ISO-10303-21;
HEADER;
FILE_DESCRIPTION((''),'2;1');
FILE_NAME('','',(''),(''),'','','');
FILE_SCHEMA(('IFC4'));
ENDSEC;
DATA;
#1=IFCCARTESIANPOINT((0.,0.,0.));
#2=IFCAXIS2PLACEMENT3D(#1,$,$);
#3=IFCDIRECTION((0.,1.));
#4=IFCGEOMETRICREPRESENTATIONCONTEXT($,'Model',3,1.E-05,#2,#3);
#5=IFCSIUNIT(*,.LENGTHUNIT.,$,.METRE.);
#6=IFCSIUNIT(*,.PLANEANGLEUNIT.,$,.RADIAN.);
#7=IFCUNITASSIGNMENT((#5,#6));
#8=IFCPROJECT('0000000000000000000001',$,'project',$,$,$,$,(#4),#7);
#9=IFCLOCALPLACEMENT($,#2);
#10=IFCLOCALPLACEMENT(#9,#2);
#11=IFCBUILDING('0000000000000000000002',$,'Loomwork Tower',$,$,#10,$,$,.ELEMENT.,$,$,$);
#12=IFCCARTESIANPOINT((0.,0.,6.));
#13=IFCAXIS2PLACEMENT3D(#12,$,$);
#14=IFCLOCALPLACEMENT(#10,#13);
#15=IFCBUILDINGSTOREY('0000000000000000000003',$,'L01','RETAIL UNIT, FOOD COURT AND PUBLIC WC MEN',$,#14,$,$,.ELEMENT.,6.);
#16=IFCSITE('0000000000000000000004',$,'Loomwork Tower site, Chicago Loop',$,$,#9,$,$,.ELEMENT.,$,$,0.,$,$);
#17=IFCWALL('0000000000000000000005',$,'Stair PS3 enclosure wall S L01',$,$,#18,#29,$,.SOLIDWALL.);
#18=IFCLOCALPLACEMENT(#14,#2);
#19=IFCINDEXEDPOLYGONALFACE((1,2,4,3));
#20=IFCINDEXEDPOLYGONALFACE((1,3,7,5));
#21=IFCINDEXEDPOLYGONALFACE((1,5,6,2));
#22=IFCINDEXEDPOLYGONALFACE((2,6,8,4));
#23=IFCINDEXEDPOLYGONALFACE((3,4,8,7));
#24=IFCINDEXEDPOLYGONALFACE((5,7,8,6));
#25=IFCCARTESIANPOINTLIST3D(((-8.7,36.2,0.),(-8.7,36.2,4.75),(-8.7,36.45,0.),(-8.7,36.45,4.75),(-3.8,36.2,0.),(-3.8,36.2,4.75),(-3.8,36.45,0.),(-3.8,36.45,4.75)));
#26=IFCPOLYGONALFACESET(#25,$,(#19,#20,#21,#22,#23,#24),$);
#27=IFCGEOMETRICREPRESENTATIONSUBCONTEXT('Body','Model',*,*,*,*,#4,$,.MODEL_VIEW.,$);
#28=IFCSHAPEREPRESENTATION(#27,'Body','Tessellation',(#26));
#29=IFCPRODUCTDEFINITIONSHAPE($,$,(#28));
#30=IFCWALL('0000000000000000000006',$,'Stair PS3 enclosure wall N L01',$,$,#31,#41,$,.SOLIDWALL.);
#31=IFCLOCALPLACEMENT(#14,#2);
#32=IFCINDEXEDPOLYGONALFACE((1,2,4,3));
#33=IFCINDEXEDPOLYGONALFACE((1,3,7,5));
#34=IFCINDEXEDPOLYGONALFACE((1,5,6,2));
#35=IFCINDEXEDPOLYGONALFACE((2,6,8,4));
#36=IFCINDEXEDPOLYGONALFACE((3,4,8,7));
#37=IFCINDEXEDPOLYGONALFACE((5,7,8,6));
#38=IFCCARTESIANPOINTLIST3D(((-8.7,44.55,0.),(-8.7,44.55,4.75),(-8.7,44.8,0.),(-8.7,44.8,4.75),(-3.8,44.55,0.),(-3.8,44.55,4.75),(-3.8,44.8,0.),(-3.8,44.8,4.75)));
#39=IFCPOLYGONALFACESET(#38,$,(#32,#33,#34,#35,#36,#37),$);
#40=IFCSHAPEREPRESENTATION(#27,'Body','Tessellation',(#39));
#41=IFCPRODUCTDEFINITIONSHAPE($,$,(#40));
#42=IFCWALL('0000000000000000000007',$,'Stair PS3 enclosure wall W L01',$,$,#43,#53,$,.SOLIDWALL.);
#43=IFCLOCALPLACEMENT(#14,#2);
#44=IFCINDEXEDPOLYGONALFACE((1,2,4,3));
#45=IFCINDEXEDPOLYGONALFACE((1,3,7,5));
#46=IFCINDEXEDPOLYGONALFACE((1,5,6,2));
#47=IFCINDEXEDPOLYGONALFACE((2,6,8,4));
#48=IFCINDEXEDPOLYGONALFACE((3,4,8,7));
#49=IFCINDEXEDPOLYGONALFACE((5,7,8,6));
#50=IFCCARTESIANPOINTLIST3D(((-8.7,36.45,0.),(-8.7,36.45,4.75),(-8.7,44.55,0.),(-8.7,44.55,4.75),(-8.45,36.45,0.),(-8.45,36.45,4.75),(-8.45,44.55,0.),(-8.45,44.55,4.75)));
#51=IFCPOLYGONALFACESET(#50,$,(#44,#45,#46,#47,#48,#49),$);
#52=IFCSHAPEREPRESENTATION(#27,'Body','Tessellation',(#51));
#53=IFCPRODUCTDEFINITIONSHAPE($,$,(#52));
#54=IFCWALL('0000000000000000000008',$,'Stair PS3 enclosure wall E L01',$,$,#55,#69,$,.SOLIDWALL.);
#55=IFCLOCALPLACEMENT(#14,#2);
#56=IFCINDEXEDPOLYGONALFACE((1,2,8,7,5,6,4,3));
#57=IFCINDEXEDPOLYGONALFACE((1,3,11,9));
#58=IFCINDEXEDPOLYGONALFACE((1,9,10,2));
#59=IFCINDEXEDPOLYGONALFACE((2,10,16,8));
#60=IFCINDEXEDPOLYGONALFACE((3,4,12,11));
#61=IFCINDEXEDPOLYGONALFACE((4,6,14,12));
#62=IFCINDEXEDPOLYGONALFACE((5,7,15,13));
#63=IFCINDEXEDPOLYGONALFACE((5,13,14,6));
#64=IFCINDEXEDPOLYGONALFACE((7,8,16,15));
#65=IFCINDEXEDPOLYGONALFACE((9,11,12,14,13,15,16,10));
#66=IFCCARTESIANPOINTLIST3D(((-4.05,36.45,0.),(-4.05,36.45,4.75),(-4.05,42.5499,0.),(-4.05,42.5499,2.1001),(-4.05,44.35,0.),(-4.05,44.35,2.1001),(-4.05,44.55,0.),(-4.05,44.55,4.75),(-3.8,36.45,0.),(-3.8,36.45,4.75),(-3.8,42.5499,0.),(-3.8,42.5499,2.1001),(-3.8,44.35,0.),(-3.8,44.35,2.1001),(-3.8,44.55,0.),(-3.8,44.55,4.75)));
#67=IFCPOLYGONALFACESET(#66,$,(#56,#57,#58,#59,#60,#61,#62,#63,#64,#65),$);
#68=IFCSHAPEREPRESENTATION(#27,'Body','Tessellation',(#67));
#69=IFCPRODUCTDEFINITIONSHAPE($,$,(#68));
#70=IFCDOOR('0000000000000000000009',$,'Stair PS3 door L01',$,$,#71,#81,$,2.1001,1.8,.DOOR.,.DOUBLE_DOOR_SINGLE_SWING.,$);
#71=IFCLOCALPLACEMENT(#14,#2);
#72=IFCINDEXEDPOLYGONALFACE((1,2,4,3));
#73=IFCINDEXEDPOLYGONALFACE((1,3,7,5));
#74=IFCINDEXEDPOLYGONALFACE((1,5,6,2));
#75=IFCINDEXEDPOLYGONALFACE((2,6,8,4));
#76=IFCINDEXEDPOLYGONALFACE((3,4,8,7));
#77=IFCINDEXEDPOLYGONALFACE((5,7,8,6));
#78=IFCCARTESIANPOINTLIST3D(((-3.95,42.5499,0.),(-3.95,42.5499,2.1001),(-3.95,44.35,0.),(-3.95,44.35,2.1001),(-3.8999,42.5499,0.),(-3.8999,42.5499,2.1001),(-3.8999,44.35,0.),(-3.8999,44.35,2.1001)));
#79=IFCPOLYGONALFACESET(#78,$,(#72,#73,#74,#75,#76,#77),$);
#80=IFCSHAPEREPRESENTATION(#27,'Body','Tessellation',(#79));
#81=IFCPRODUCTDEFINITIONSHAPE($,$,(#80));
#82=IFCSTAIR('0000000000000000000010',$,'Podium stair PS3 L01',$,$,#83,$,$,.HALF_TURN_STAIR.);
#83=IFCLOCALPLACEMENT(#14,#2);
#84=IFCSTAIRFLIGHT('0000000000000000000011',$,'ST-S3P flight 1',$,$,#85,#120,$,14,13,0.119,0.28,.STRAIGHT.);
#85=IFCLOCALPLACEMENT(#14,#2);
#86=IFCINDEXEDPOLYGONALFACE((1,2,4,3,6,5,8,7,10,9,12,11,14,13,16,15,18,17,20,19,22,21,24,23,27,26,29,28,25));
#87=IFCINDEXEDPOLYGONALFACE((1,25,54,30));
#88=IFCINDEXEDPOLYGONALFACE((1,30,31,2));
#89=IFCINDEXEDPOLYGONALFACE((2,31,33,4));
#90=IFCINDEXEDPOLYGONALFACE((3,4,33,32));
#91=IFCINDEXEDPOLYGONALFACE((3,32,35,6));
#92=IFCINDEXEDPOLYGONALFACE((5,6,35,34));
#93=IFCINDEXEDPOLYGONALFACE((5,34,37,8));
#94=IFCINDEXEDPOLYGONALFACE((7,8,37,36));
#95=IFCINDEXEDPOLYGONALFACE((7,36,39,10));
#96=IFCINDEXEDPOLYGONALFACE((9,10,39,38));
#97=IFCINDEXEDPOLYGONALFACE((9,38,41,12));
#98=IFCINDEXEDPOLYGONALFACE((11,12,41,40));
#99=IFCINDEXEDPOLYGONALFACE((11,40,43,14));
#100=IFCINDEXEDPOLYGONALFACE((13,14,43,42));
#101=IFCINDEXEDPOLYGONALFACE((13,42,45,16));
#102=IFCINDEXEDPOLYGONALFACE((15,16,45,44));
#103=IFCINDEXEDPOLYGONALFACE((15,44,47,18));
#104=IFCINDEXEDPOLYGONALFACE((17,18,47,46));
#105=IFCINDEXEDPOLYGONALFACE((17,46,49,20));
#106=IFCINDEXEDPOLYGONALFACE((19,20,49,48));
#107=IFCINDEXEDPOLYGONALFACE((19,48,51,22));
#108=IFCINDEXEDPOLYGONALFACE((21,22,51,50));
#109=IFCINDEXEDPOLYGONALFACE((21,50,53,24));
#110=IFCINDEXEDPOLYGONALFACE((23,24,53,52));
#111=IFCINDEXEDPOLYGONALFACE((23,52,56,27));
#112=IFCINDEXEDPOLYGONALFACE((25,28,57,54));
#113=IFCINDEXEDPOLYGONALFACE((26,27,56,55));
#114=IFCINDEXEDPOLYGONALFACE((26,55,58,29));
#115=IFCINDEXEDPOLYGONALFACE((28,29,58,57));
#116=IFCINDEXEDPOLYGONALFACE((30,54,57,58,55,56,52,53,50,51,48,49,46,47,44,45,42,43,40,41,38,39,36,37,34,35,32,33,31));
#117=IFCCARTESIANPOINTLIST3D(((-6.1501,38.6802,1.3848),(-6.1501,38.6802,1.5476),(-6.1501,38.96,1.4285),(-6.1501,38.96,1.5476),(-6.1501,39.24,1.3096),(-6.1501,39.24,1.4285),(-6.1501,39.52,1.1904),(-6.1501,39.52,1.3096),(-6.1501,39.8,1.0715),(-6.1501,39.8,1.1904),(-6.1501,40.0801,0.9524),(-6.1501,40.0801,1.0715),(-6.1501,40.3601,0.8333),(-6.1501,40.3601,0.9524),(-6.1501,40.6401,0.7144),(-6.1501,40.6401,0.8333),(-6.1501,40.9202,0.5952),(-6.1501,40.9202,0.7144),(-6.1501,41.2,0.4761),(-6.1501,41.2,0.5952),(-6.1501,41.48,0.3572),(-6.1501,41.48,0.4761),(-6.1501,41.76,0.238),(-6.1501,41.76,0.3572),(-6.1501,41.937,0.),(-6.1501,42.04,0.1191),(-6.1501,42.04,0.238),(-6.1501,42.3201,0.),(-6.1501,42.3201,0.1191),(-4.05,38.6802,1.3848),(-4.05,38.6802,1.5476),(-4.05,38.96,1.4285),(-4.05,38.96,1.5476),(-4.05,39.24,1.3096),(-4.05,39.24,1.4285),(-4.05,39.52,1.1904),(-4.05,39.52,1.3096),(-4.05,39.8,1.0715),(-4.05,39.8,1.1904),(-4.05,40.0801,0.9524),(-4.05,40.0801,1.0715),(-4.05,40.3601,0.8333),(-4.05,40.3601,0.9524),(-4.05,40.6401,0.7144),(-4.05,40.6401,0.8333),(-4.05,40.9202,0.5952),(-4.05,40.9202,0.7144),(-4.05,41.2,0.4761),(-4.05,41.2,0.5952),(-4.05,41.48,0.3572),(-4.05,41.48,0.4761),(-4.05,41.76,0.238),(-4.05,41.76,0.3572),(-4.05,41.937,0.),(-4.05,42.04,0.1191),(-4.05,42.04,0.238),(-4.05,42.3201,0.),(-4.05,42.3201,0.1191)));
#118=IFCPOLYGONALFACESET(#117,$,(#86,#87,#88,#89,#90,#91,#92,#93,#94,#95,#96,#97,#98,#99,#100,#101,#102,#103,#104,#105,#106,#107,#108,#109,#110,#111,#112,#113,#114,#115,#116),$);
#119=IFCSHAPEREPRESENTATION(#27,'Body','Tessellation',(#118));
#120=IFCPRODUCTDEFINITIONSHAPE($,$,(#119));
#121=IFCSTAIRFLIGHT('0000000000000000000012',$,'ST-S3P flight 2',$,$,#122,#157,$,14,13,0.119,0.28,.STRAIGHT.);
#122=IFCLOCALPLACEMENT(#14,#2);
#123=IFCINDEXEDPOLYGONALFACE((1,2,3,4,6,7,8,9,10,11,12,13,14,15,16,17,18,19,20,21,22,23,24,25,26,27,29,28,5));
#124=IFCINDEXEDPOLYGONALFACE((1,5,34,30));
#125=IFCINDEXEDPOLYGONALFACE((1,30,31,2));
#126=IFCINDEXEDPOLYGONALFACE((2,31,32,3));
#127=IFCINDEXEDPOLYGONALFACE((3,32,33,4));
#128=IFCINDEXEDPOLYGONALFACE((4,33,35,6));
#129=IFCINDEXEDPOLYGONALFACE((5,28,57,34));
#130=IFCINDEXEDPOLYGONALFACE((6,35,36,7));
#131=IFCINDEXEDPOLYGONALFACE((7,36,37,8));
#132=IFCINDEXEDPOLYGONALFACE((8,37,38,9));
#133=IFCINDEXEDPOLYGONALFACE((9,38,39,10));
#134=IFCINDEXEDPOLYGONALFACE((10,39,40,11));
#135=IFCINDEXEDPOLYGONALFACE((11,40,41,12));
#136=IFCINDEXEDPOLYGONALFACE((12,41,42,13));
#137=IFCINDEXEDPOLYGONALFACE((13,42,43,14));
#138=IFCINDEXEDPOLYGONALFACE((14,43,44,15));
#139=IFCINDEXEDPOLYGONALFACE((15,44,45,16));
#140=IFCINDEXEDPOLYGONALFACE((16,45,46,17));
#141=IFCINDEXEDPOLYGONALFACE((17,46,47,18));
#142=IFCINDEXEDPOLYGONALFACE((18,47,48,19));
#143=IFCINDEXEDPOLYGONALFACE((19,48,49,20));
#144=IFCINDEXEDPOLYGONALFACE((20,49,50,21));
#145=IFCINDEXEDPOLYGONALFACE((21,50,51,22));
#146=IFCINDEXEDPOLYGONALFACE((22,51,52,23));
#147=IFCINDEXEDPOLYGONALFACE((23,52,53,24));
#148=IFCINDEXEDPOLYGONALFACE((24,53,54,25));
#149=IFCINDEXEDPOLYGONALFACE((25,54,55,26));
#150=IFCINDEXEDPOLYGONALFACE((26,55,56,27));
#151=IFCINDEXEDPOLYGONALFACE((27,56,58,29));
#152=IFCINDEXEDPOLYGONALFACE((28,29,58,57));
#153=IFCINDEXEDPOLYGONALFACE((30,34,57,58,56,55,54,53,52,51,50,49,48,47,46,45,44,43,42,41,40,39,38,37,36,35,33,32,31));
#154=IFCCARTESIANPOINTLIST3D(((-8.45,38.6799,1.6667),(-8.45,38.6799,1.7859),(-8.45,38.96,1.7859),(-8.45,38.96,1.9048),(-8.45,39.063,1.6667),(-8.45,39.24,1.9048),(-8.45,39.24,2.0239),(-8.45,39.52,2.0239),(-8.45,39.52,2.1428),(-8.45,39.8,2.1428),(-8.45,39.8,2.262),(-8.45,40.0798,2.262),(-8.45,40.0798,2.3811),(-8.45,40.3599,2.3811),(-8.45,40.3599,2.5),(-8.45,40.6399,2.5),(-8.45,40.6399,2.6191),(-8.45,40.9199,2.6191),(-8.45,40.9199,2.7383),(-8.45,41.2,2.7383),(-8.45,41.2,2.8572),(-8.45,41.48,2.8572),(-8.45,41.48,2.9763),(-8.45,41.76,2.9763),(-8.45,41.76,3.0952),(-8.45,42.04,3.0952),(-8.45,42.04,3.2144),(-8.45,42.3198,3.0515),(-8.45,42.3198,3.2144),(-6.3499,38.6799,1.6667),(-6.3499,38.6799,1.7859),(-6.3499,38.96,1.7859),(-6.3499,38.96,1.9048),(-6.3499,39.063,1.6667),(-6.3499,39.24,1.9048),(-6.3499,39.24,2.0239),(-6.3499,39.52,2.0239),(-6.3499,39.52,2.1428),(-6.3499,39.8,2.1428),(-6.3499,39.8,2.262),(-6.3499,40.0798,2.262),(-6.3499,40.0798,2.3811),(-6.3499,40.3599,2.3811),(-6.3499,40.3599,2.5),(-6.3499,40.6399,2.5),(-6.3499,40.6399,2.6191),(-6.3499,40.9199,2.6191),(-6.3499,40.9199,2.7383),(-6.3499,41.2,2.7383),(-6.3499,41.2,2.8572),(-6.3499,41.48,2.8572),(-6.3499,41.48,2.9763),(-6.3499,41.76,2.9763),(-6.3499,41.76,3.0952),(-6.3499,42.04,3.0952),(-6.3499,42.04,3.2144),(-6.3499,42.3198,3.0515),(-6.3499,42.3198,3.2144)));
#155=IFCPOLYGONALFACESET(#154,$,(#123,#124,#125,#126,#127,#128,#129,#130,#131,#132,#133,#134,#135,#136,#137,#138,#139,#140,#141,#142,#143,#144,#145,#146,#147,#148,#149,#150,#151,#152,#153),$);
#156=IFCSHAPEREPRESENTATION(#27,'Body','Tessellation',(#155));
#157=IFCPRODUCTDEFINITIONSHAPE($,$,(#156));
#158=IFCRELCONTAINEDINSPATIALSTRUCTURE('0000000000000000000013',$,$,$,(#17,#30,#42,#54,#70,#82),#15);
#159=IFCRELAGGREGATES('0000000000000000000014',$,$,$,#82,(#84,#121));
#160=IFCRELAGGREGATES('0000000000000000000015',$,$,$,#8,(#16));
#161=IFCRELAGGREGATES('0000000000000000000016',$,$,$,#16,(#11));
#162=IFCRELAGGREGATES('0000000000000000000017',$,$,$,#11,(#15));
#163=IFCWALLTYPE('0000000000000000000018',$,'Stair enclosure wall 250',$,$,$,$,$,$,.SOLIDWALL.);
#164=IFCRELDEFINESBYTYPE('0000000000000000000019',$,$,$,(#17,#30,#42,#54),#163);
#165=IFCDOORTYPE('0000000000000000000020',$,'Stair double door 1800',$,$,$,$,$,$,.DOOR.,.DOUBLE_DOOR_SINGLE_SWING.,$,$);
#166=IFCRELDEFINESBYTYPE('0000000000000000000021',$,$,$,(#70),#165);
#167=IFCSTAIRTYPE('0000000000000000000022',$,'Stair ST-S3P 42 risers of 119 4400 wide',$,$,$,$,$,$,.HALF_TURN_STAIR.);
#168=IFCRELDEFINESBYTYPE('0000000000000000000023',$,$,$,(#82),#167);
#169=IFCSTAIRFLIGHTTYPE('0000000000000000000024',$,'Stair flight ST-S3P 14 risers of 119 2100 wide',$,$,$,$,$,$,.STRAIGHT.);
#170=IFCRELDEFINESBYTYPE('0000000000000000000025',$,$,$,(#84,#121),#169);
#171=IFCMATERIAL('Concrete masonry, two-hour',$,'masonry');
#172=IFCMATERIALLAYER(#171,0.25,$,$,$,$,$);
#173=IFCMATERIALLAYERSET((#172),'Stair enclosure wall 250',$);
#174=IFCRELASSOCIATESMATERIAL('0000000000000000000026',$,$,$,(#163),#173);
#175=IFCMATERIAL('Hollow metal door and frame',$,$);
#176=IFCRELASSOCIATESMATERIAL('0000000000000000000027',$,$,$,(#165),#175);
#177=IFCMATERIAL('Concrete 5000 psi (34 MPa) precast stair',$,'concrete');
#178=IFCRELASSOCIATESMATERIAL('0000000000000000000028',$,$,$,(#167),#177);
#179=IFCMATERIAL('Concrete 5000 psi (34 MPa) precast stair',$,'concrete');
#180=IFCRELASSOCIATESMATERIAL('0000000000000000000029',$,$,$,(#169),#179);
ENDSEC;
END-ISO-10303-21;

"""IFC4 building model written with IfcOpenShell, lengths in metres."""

from ifc_helpers import new_model, si_unit, direction, frame, frame_2d, origin, place, context, subcontext, project, spatial, polyline, rectangle, outline, extrude, material, layer, layer_set, type_object, element, fill, aggregate, save


model = new_model("IFC4")

# Units and contexts
model_context = context("Model", 3, precision=1e-05, world=origin(), true_north=direction((0.0, 1.0)))
body_context = subcontext(model_context, "Body", "Model", "MODEL_VIEW")
ifc_project = project(units=[si_unit("LENGTHUNIT", "METRE"), si_unit("PLANEANGLEUNIT", "RADIAN")], contexts=[model_context])

# Site, building, storey
site_placement = place(None, origin())
site = spatial("IfcSite", under=ifc_project, at=site_placement, Name="Loomwork Tower site, Chicago Loop", CompositionType="ELEMENT", RefElevation=0.0)
building_placement = place(site_placement, origin())
building = spatial("IfcBuilding", under=site, at=building_placement, Name="Loomwork Tower", CompositionType="ELEMENT")
storey_placement = place(building_placement, frame((0.0, 0.0, 6.0)))
storey = spatial("IfcBuildingStorey", under=building, at=storey_placement, Name="L01", Description="RETAIL UNIT, FOOD COURT AND PUBLIC WC MEN", CompositionType="ELEMENT", Elevation=6.0)

# Walls
ifc_material_1 = material(Name="Concrete masonry, two-hour", Category="masonry")
ifc_layer_1 = layer(ifc_material_1, 0.25)
ifc_layer_set_1 = layer_set([ifc_layer_1], Name="Stair enclosure wall 250")
wall_type_1 = type_object("IfcWallType", Name="Stair enclosure wall 250", PredefinedType="SOLIDWALL", material=ifc_layer_set_1)
for number, where, z_axis, x_axis, name in (
    (1, (-8.7, 36.325, 0.0), (0.0, 0.0, 1.0), (1.0, 0.0, 0.0), "Stair PS3 enclosure wall S L01"),
    (2, (-8.7, 44.675, 0.0), (0.0, 0.0, 1.0), (1.0, 0.0, 0.0), "Stair PS3 enclosure wall N L01"),
):
    element("IfcWall", number, at=place(storey_placement, frame(where, z_axis=z_axis, x_axis=x_axis)), inside=storey, type_object=wall_type_1, Name=name, PredefinedType="SOLIDWALL", context=body_context, shape_type="SweptSolid", body=[
        extrude(rectangle(XDim=4.8999, YDim=0.25, at=frame_2d((2.45, 0.0))), origin(), (0.0, 0.0, 1.0), 4.75),
    ])
wall_1_placement = place(storey_placement, frame((-8.575, 36.45, 0.0), z_axis=(0.0, 0.0, 1.0), x_axis=(0.0, 1.0, 0.0)))
element("IfcWall", 3, at=wall_1_placement, inside=storey, type_object=wall_type_1, Name="Stair PS3 enclosure wall W L01", PredefinedType="SOLIDWALL", context=body_context, shape_type="SweptSolid", body=[
    extrude(rectangle(XDim=8.1001, YDim=0.25, at=frame_2d((4.05, 0.0))), origin(), (0.0, 0.0, 1.0), 4.75),
])

# Wall, opening, door
wall_2_placement = place(storey_placement, frame((-3.925, 36.45, 0.0), z_axis=(0.0, 0.0, 1.0), x_axis=(0.0, 1.0, 0.0)))
wall_2 = element("IfcWall", 4, at=wall_2_placement, inside=storey, type_object=wall_type_1, Name="Stair PS3 enclosure wall E L01", PredefinedType="SOLIDWALL", context=body_context, shape_type="SweptSolid", body=[
    extrude(rectangle(XDim=8.1001, YDim=0.25, at=frame_2d((4.05, 0.0))), origin(), (0.0, 0.0, 1.0), 4.75),
])
opening_1_placement = place(wall_2_placement, frame((6.1001, 0.0, 0.0)))
opening_1 = element("IfcOpeningElement", 5, at=opening_1_placement, cuts=wall_2, PredefinedType="OPENING", context=body_context, shape_type="SweptSolid", body=[
    extrude(rectangle(XDim=1.8, YDim=2.1001, at=frame_2d((0.8999, 1.05))), frame((0.0, 0.135, 0.0), z_axis=(0.0, -1.0, 0.0), x_axis=(1.0, 0.0, 0.0)), (0.0, 0.0, 1.0), 0.27),
])
ifc_material_2 = material(Name="Hollow metal door and frame")
door_type = type_object("IfcDoorType", Name="Stair double door 1800", OperationType="DOUBLE_DOOR_SINGLE_SWING", PredefinedType="DOOR", material=ifc_material_2)
door_placement = place(opening_1_placement, origin())
door = element("IfcDoor", 6, at=door_placement, inside=storey, type_object=door_type, Name="Stair PS3 door L01", OperationType="DOUBLE_DOOR_SINGLE_SWING", OverallHeight=2.1001, OverallWidth=1.8, PredefinedType="DOOR", context=body_context, shape_type="SweptSolid", body=[
    extrude(rectangle(XDim=1.8, YDim=2.1001, at=frame_2d((0.8999, 1.05))), frame((0.0, 0.0249, 0.0), z_axis=(0.0, -1.0, 0.0), x_axis=(1.0, 0.0, 0.0)), (0.0, 0.0, 1.0), 0.05),
])
fill(opening_1, door)

# Stair, stair flights
ifc_material_3 = material(Name="Concrete 5000 psi (34 MPa) precast stair", Category="concrete")
stair_type = type_object("IfcStairType", Name="Stair ST-S3P 42 risers of 119 4400 wide", PredefinedType="HALF_TURN_STAIR", material=ifc_material_3)
stair_placement = place(storey_placement, origin())
stair = element("IfcStair", 7, at=stair_placement, inside=storey, type_object=stair_type, Name="Podium stair PS3 L01", PredefinedType="HALF_TURN_STAIR")
ifc_material_4 = material(Name="Concrete 5000 psi (34 MPa) precast stair", Category="concrete")
stair_flight_type = type_object("IfcStairFlightType", Name="Stair flight ST-S3P 14 risers of 119 2100 wide", PredefinedType="STRAIGHT", material=ifc_material_4)
stair_flight_1_placement = place(storey_placement, frame((-5.1001, 42.3201, 0.0), z_axis=(0.0, 0.0, 1.0), x_axis=(0.0, -1.0, 0.0)))
stair_flight_1 = element("IfcStairFlight", 8, at=stair_flight_1_placement, type_object=stair_flight_type, Name="ST-S3P flight 1", NumberOfRisers=14, NumberOfTreads=13, PredefinedType="STRAIGHT", RiserHeight=0.119, TreadLength=0.28, context=body_context, shape_type="SweptSolid", body=[
    extrude(outline(polyline([(0.0, 0.0), (0.0, 0.1191), (0.28, 0.1191), (0.28, 0.238), (0.5601, 0.238), (0.5601, 0.3572), (0.8401, 0.3572), (0.8401, 0.4761), (1.1201, 0.4761), (1.1201, 0.5952), (1.3999, 0.5952), (1.3999, 0.7144), (1.6799, 0.7144), (1.6799, 0.8333), (1.96, 0.8333), (1.96, 0.9524), (2.24, 0.9524), (2.24, 1.0715), (2.52, 1.0715), (2.52, 1.1904), (2.8, 1.1904), (2.8, 1.3096), (3.0801, 1.3096), (3.0801, 1.4285), (3.3601, 1.4285), (3.3601, 1.5476), (3.6399, 1.5476), (3.6399, 1.6667), (3.6399, 1.3848), (0.3831, 0.0), (0.0, 0.0)])), frame((0.0, 1.05, 0.0), z_axis=(0.0, -1.0, 0.0), x_axis=(1.0, 0.0, 0.0)), (0.0, 0.0, 1.0), 2.1001),
])
stair_flight_2_placement = place(storey_placement, frame((-7.3999, 38.6799, 1.6667), z_axis=(0.0, 0.0, 1.0), x_axis=(0.0, 1.0, 0.0)))
stair_flight_2 = element("IfcStairFlight", 9, at=stair_flight_2_placement, type_object=stair_flight_type, Name="ST-S3P flight 2", NumberOfRisers=14, NumberOfTreads=13, PredefinedType="STRAIGHT", RiserHeight=0.119, TreadLength=0.28, context=body_context, shape_type="SweptSolid", body=[
    extrude(outline(polyline([(0.0, 0.0), (0.0, 0.1191), (0.28, 0.1191), (0.28, 0.238), (0.5601, 0.238), (0.5601, 0.3572), (0.8401, 0.3572), (0.8401, 0.4761), (1.1201, 0.4761), (1.1201, 0.5952), (1.3999, 0.5952), (1.3999, 0.7144), (1.6799, 0.7144), (1.6799, 0.8333), (1.96, 0.8333), (1.96, 0.9524), (2.24, 0.9524), (2.24, 1.0715), (2.52, 1.0715), (2.52, 1.1904), (2.8, 1.1904), (2.8, 1.3096), (3.0801, 1.3096), (3.0801, 1.4285), (3.3601, 1.4285), (3.3601, 1.5476), (3.6399, 1.5476), (3.6399, 1.6667), (3.6399, 1.3848), (0.3831, 0.0), (0.0, 0.0)])), frame((0.0, 1.05, 0.0), z_axis=(0.0, -1.0, 0.0), x_axis=(1.0, 0.0, 0.0)), (0.0, 0.0, 1.0), 2.1001),
])
aggregate(stair, [stair_flight_1, stair_flight_2])

save(model, "model.ifc")
